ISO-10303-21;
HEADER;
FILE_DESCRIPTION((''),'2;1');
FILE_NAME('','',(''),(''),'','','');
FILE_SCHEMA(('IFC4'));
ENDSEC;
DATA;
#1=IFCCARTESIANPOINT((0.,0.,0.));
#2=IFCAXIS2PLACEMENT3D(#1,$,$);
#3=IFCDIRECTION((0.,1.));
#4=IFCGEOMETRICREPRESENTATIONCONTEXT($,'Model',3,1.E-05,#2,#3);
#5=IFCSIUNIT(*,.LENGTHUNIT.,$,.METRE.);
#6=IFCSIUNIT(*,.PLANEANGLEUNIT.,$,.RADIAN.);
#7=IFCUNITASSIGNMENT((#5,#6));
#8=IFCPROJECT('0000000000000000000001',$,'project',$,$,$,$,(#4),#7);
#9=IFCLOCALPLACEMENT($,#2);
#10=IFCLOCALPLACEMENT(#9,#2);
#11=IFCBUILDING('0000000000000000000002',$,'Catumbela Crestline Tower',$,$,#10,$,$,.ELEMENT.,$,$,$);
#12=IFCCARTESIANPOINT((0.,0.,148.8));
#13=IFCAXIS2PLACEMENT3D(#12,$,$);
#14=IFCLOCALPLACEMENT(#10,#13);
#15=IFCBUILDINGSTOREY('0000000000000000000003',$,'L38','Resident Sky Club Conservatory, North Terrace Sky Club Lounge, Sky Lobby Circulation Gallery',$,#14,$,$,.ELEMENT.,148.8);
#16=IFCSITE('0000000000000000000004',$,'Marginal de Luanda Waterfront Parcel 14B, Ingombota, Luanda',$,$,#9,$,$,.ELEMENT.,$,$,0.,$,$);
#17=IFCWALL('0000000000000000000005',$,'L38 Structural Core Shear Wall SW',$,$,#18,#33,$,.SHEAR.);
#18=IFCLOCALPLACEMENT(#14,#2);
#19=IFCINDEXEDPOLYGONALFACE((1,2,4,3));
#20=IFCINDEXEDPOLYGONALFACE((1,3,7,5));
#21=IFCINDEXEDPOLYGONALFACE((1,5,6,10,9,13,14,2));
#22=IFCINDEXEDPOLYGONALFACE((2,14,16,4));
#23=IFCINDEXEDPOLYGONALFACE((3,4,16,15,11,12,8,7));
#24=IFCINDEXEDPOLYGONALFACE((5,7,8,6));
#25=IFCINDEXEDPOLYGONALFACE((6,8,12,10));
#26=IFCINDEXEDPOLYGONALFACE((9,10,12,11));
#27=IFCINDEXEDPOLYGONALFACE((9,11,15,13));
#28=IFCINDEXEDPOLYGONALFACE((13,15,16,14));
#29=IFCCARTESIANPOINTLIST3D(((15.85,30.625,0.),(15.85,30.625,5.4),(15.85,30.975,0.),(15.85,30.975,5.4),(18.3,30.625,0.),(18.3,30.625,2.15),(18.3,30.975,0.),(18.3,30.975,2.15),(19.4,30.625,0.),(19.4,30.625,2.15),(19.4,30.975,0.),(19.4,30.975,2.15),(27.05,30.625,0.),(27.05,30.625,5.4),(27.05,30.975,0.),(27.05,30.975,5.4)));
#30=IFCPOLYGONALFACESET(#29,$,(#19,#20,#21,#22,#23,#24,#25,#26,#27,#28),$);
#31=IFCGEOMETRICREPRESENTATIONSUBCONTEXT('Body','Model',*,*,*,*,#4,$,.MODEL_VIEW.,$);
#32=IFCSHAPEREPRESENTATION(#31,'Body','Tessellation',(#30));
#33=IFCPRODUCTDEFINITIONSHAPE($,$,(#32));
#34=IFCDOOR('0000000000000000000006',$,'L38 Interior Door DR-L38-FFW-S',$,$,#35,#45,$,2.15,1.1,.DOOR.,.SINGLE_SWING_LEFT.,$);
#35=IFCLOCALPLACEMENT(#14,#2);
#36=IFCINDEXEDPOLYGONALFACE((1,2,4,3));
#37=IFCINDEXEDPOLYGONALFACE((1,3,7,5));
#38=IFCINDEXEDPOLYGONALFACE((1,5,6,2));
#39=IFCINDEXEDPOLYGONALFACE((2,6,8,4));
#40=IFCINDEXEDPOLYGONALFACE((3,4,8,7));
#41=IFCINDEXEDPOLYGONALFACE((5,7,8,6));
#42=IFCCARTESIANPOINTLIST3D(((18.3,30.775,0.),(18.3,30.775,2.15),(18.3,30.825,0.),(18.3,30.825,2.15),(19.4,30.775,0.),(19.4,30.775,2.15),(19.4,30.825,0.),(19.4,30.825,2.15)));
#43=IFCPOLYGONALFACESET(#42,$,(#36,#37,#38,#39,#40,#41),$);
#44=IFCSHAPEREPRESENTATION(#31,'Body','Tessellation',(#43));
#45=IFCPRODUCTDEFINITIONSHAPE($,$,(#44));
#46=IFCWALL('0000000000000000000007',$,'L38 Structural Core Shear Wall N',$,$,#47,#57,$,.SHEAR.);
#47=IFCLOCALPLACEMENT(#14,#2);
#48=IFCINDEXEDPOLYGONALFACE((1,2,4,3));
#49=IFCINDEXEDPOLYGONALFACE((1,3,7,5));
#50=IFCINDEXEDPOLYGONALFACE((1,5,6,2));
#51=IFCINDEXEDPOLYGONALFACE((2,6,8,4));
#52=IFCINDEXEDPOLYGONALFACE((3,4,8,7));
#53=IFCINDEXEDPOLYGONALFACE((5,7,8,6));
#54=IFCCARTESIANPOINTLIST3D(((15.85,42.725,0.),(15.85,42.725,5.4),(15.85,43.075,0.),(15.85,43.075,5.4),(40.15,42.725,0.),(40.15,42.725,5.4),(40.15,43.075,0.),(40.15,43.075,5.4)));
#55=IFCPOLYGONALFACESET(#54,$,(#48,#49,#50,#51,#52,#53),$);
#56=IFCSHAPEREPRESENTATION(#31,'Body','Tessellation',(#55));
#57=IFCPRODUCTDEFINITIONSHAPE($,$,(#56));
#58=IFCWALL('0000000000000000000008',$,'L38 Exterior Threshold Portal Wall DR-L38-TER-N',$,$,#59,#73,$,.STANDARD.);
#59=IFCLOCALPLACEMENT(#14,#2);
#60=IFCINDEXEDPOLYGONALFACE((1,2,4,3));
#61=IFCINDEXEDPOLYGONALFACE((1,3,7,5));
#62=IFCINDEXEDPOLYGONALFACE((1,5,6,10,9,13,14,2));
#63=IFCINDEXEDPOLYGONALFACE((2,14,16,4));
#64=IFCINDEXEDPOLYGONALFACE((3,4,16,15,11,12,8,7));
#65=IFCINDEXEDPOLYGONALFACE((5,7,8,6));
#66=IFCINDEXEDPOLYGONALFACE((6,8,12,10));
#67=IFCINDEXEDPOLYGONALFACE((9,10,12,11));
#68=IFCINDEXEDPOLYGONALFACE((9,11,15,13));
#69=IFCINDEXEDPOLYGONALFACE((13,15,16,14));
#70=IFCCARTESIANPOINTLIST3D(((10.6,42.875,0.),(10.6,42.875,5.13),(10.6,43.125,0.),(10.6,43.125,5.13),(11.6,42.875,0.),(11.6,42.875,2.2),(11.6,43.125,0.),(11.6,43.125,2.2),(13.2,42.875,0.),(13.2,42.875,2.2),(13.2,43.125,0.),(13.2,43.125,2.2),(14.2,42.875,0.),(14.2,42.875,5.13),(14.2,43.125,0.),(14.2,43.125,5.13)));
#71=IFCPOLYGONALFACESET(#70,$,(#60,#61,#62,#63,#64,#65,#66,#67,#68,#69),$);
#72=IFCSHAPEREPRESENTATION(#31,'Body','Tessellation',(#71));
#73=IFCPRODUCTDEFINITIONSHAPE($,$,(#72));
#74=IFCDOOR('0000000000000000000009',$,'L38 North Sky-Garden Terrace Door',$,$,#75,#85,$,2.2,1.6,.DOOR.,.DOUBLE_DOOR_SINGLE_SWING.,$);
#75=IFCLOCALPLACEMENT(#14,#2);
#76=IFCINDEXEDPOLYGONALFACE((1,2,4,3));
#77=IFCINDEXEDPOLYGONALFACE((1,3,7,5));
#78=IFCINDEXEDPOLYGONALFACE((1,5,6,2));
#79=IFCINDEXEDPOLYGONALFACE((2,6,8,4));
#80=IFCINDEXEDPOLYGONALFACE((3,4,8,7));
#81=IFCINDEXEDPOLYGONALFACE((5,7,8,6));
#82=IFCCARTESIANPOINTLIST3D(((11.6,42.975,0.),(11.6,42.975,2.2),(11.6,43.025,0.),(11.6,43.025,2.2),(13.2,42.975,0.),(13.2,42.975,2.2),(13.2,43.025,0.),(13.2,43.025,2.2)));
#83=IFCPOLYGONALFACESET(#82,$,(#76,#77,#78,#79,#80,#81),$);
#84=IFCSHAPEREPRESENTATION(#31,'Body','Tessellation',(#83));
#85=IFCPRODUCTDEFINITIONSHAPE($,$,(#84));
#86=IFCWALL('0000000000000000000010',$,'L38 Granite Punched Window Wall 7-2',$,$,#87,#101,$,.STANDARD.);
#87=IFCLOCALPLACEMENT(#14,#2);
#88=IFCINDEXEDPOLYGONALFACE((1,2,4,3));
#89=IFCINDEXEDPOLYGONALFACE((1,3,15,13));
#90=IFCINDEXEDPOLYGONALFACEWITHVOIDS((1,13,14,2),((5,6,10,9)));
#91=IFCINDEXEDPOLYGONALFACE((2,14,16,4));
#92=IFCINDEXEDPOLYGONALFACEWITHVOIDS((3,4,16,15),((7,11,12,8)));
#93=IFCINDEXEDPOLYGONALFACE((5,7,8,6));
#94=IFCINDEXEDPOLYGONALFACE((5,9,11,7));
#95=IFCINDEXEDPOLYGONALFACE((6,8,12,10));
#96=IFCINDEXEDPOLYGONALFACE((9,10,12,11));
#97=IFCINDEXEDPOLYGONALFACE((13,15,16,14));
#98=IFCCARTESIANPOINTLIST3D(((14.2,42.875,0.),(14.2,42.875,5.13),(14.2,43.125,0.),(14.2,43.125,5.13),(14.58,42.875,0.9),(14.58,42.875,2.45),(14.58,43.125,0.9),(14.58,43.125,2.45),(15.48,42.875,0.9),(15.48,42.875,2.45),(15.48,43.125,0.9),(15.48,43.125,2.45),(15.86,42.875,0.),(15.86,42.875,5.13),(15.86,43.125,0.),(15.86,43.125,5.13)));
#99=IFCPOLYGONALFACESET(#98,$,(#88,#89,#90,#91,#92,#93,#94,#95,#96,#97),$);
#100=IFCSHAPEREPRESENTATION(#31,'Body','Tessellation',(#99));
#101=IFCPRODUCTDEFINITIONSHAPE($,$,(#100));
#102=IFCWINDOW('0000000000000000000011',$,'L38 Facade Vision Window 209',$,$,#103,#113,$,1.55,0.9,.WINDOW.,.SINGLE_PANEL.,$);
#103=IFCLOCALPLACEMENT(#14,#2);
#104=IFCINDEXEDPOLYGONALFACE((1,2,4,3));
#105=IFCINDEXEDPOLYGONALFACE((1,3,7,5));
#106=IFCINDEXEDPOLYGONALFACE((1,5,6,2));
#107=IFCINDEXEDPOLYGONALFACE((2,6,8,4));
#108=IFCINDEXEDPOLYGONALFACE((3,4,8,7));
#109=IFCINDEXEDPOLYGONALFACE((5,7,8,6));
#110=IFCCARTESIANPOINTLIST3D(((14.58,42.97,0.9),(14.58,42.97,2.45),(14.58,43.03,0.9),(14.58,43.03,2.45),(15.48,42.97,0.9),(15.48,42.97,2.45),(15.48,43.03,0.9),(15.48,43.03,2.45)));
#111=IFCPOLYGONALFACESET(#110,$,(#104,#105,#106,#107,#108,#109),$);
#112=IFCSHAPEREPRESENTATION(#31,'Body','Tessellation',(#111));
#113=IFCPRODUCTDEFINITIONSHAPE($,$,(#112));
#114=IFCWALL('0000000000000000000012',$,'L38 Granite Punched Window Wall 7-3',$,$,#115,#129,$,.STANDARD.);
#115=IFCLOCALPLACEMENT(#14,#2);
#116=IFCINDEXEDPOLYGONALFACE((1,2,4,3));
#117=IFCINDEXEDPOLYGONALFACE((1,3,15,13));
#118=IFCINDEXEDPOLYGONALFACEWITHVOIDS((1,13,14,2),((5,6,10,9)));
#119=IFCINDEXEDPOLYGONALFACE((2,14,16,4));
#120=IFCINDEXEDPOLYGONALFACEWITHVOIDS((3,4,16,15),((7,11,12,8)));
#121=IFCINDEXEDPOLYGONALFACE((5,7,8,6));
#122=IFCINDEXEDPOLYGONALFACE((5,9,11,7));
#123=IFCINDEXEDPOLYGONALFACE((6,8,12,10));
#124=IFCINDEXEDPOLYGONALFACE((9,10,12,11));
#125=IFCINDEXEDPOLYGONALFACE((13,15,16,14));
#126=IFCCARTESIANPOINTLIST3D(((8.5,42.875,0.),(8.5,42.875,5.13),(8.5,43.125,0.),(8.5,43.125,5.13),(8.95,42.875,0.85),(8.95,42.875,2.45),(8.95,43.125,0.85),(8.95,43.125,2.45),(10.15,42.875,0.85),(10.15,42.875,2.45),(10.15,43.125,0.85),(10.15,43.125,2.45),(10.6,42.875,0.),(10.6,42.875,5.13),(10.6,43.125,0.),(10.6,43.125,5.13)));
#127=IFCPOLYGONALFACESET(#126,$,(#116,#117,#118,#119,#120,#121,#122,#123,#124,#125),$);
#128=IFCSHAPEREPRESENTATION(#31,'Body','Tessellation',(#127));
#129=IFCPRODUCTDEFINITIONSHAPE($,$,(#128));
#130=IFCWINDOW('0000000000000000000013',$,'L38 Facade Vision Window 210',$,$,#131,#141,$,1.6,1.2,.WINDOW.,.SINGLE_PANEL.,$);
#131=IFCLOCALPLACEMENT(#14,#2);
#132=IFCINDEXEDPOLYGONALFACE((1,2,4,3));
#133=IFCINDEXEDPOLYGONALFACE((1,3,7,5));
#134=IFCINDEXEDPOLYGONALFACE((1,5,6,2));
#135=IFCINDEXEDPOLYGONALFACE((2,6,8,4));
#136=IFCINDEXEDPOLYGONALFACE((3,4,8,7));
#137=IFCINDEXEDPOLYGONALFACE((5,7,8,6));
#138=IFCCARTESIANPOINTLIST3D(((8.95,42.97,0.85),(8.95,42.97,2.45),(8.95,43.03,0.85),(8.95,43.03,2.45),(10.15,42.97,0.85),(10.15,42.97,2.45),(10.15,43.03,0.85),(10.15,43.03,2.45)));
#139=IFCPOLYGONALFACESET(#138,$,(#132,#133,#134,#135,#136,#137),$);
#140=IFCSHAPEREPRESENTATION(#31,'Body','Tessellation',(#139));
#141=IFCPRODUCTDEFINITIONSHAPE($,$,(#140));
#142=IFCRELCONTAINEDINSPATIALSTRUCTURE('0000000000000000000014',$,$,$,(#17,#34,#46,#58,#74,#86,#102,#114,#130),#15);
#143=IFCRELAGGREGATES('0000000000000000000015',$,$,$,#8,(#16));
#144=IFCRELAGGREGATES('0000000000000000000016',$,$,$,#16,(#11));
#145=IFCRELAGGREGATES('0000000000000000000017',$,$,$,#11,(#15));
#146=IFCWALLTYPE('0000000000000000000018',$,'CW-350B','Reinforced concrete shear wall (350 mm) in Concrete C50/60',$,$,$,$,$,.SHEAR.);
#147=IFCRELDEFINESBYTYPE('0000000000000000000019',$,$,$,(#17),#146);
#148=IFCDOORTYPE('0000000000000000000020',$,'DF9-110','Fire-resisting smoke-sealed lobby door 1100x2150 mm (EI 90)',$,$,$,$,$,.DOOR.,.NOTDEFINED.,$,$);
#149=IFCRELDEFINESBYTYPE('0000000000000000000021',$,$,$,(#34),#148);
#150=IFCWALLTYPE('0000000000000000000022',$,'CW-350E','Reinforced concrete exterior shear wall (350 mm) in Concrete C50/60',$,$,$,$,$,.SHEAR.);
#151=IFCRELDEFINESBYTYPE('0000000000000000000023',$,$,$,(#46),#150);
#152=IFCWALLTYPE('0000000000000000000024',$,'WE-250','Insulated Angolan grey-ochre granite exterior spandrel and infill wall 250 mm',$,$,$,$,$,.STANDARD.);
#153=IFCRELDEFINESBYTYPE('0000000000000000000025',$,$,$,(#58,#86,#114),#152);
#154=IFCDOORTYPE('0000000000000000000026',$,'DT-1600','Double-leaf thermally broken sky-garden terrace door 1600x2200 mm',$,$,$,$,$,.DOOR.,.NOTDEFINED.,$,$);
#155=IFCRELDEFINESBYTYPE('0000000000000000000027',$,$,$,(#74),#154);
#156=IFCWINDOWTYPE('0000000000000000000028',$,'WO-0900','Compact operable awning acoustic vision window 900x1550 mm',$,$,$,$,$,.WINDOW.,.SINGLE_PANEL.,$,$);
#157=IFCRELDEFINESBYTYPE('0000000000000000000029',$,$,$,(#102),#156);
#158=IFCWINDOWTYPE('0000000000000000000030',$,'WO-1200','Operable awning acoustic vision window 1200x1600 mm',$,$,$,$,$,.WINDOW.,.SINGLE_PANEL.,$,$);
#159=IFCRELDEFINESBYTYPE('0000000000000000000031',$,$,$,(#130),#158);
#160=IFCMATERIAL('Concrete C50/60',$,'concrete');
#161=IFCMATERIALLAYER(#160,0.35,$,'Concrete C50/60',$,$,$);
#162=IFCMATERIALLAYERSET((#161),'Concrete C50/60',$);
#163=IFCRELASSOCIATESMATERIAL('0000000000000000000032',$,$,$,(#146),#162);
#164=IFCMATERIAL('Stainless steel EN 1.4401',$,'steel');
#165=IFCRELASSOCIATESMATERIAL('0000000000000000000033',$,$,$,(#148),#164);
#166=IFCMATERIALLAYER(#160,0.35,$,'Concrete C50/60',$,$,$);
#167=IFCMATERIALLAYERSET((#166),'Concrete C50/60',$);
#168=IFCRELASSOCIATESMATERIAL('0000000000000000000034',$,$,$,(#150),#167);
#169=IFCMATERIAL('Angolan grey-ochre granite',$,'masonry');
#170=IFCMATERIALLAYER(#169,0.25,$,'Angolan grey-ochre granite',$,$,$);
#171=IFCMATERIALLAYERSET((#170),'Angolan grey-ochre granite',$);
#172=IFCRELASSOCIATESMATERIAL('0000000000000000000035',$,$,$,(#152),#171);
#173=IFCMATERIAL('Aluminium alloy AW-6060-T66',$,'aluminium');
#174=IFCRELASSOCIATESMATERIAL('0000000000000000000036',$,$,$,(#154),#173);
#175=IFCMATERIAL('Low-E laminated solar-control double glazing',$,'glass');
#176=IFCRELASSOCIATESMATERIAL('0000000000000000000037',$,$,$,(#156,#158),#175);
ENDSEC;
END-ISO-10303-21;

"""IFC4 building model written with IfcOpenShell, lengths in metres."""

from ifc_helpers import new_model, si_unit, direction, frame, frame_2d, origin, place, context, subcontext, project, spatial, rectangle, extrude, material, layer, layer_set, type_object, element, fill, save


model = new_model("IFC4")

# Units and contexts
model_context = context("Model", 3, precision=1e-05, world=origin(), true_north=direction((0.0, 1.0)))
body_context = subcontext(model_context, "Body", "Model", "MODEL_VIEW")
ifc_project = project(units=[si_unit("LENGTHUNIT", "METRE"), si_unit("PLANEANGLEUNIT", "RADIAN")], contexts=[model_context])

# Site, building, storey
site_placement = place(None, origin())
site = spatial("IfcSite", under=ifc_project, at=site_placement, Name="Marginal de Luanda Waterfront Parcel 14B, Ingombota, Luanda", CompositionType="ELEMENT", RefElevation=0.0)
building_placement = place(site_placement, origin())
building = spatial("IfcBuilding", under=site, at=building_placement, Name="Catumbela Crestline Tower", CompositionType="ELEMENT")
storey_placement = place(building_placement, frame((0.0, 0.0, 148.8)))
storey = spatial("IfcBuildingStorey", under=building, at=storey_placement, Name="L38", Description="Resident Sky Club Conservatory, North Terrace Sky Club Lounge, Sky Lobby Circulation Gallery", CompositionType="ELEMENT", Elevation=148.8)

# Shared definitions
ifc_material_1 = material(Name="Concrete C50/60", Category="concrete")

# Shared definitions
ifc_material_2 = material(Name="Stainless steel EN 1.4401", Category="steel")

# Wall, opening, door
ifc_layer_1 = layer(ifc_material_1, 0.35, Name="Concrete C50/60")
ifc_layer_set_1 = layer_set([ifc_layer_1], Name="Concrete C50/60")
wall_type_1 = type_object("IfcWallType", Name="CW-350B", Description="Reinforced concrete shear wall (350 mm) in Concrete C50/60", PredefinedType="SHEAR", material=ifc_layer_set_1)
wall_1_placement = place(storey_placement, frame((15.85, 30.8, 0.0), z_axis=(0.0, 0.0, 1.0), x_axis=(1.0, 0.0, 0.0)))
wall_1 = element("IfcWall", 1, at=wall_1_placement, inside=storey, type_object=wall_type_1, Name="L38 Structural Core Shear Wall SW", PredefinedType="SHEAR", context=body_context, shape_type="SweptSolid", body=[
    extrude(rectangle(XDim=11.2, YDim=0.35, at=frame_2d((5.6, 0.0))), origin(), (0.0, 0.0, 1.0), 5.4),
])
opening_1_placement = place(wall_1_placement, frame((2.45, 0.0, 0.0)))
opening_1 = element("IfcOpeningElement", 2, at=opening_1_placement, cuts=wall_1, PredefinedType="OPENING", context=body_context, shape_type="SweptSolid", body=[
    extrude(rectangle(XDim=1.1, YDim=2.15, at=frame_2d((0.55, 1.075))), frame((0.0, 0.185, 0.0), z_axis=(0.0, -1.0, 0.0), x_axis=(1.0, 0.0, 0.0)), (0.0, 0.0, 1.0), 0.37),
])
door_type_1 = type_object("IfcDoorType", Name="DF9-110", Description="Fire-resisting smoke-sealed lobby door 1100x2150 mm (EI 90)", OperationType="NOTDEFINED", PredefinedType="DOOR", material=ifc_material_2)
door_1_placement = place(opening_1_placement, origin())
door_1 = element("IfcDoor", 3, at=door_1_placement, inside=storey, type_object=door_type_1, Name="L38 Interior Door DR-L38-FFW-S", OperationType="SINGLE_SWING_LEFT", OverallHeight=2.15, OverallWidth=1.1, PredefinedType="DOOR", context=body_context, shape_type="SweptSolid", body=[
    extrude(rectangle(XDim=1.1, YDim=2.15, at=frame_2d((0.55, 1.075))), frame((0.0, 0.025, 0.0), z_axis=(0.0, -1.0, 0.0), x_axis=(1.0, 0.0, 0.0)), (0.0, 0.0, 1.0), 0.05),
])
fill(opening_1, door_1)

# Wall
ifc_layer_2 = layer(ifc_material_1, 0.35, Name="Concrete C50/60")
ifc_layer_set_2 = layer_set([ifc_layer_2], Name="Concrete C50/60")
wall_type_2 = type_object("IfcWallType", Name="CW-350E", Description="Reinforced concrete exterior shear wall (350 mm) in Concrete C50/60", PredefinedType="SHEAR", material=ifc_layer_set_2)
wall_2_placement = place(storey_placement, frame((15.85, 42.9, 0.0), z_axis=(0.0, 0.0, 1.0), x_axis=(1.0, 0.0, 0.0)))
element("IfcWall", 4, at=wall_2_placement, inside=storey, type_object=wall_type_2, Name="L38 Structural Core Shear Wall N", PredefinedType="SHEAR", context=body_context, shape_type="SweptSolid", body=[
    extrude(rectangle(XDim=24.3, YDim=0.35, at=frame_2d((12.15, 0.0))), origin(), (0.0, 0.0, 1.0), 5.4),
])

# Wall, opening, door
ifc_material_3 = material(Name="Angolan grey-ochre granite", Category="masonry")
ifc_layer_3 = layer(ifc_material_3, 0.25, Name="Angolan grey-ochre granite")
ifc_layer_set_3 = layer_set([ifc_layer_3], Name="Angolan grey-ochre granite")
wall_type_3 = type_object("IfcWallType", Name="WE-250", Description="Insulated Angolan grey-ochre granite exterior spandrel and infill wall 250 mm", PredefinedType="STANDARD", material=ifc_layer_set_3)
wall_3_placement = place(storey_placement, frame((14.2, 43.0, 0.0), z_axis=(0.0, 0.0, 1.0), x_axis=(-1.0, 0.0, 0.0)))
wall_3 = element("IfcWall", 5, at=wall_3_placement, inside=storey, type_object=wall_type_3, Name="L38 Exterior Threshold Portal Wall DR-L38-TER-N", PredefinedType="STANDARD", context=body_context, shape_type="SweptSolid", body=[
    extrude(rectangle(XDim=3.6, YDim=0.25, at=frame_2d((1.8, 0.0))), origin(), (0.0, 0.0, 1.0), 5.13),
])
opening_2_placement = place(wall_3_placement, frame((1.0, 0.0, 0.0)))
opening_2 = element("IfcOpeningElement", 6, at=opening_2_placement, cuts=wall_3, PredefinedType="OPENING", context=body_context, shape_type="SweptSolid", body=[
    extrude(rectangle(XDim=1.6, YDim=2.2, at=frame_2d((0.8, 1.1))), frame((0.0, 0.135, 0.0), z_axis=(0.0, -1.0, 0.0), x_axis=(1.0, 0.0, 0.0)), (0.0, 0.0, 1.0), 0.27),
])
ifc_material_4 = material(Name="Aluminium alloy AW-6060-T66", Category="aluminium")
door_type_2 = type_object("IfcDoorType", Name="DT-1600", Description="Double-leaf thermally broken sky-garden terrace door 1600x2200 mm", OperationType="NOTDEFINED", PredefinedType="DOOR", material=ifc_material_4)
door_2_placement = place(opening_2_placement, origin())
door_2 = element("IfcDoor", 7, at=door_2_placement, inside=storey, type_object=door_type_2, Name="L38 North Sky-Garden Terrace Door", OperationType="DOUBLE_DOOR_SINGLE_SWING", OverallHeight=2.2, OverallWidth=1.6, PredefinedType="DOOR", context=body_context, shape_type="SweptSolid", body=[
    extrude(rectangle(XDim=1.6, YDim=2.2, at=frame_2d((0.8, 1.1))), frame((0.0, 0.025, 0.0), z_axis=(0.0, -1.0, 0.0), x_axis=(1.0, 0.0, 0.0)), (0.0, 0.0, 1.0), 0.05),
])
fill(opening_2, door_2)

# Walls, openings, windows
wall_4_placement = place(storey_placement, frame((15.86, 43.0, 0.0), z_axis=(0.0, 0.0, 1.0), x_axis=(-1.0, 0.0, 0.0)))
wall_4 = element("IfcWall", 8, at=wall_4_placement, inside=storey, type_object=wall_type_3, Name="L38 Granite Punched Window Wall 7-2", PredefinedType="STANDARD", context=body_context, shape_type="SweptSolid", body=[
    extrude(rectangle(XDim=1.66, YDim=0.25, at=frame_2d((0.83, 0.0))), origin(), (0.0, 0.0, 1.0), 5.13),
])
opening_3_placement = place(wall_4_placement, frame((0.38, 0.0, 0.9)))
opening_3 = element("IfcOpeningElement", 9, at=opening_3_placement, cuts=wall_4, PredefinedType="OPENING", context=body_context, shape_type="SweptSolid", body=[
    extrude(rectangle(XDim=0.9, YDim=1.55, at=frame_2d((0.45, 0.775))), frame((0.0, 0.135, 0.0), z_axis=(0.0, -1.0, 0.0), x_axis=(1.0, 0.0, 0.0)), (0.0, 0.0, 1.0), 0.27),
])
ifc_material_5 = material(Name="Low-E laminated solar-control double glazing", Category="glass")
window_type_1 = type_object("IfcWindowType", Name="WO-0900", Description="Compact operable awning acoustic vision window 900x1550 mm", PartitioningType="SINGLE_PANEL", PredefinedType="WINDOW", material=ifc_material_5)
window_1_placement = place(opening_3_placement, origin())
window_1 = element("IfcWindow", 10, at=window_1_placement, inside=storey, type_object=window_type_1, Name="L38 Facade Vision Window 209", OverallHeight=1.55, OverallWidth=0.9, PartitioningType="SINGLE_PANEL", PredefinedType="WINDOW", context=body_context, shape_type="SweptSolid", body=[
    extrude(rectangle(XDim=0.9, YDim=1.55, at=frame_2d((0.45, 0.775))), frame((0.0, 0.03, 0.0), z_axis=(0.0, -1.0, 0.0), x_axis=(1.0, 0.0, 0.0)), (0.0, 0.0, 1.0), 0.06),
])
fill(opening_3, window_1)
wall_5_placement = place(storey_placement, frame((10.6, 43.0, 0.0), z_axis=(0.0, 0.0, 1.0), x_axis=(-1.0, 0.0, 0.0)))
wall_5 = element("IfcWall", 11, at=wall_5_placement, inside=storey, type_object=wall_type_3, Name="L38 Granite Punched Window Wall 7-3", PredefinedType="STANDARD", context=body_context, shape_type="SweptSolid", body=[
    extrude(rectangle(XDim=2.1, YDim=0.25, at=frame_2d((1.05, 0.0))), origin(), (0.0, 0.0, 1.0), 5.13),
])
opening_4_placement = place(wall_5_placement, frame((0.45, 0.0, 0.85)))
opening_4 = element("IfcOpeningElement", 12, at=opening_4_placement, cuts=wall_5, PredefinedType="OPENING", context=body_context, shape_type="SweptSolid", body=[
    extrude(rectangle(XDim=1.2, YDim=1.6, at=frame_2d((0.6, 0.8))), frame((0.0, 0.135, 0.0), z_axis=(0.0, -1.0, 0.0), x_axis=(1.0, 0.0, 0.0)), (0.0, 0.0, 1.0), 0.27),
])
window_type_2 = type_object("IfcWindowType", Name="WO-1200", Description="Operable awning acoustic vision window 1200x1600 mm", PartitioningType="SINGLE_PANEL", PredefinedType="WINDOW", material=ifc_material_5)
window_2_placement = place(opening_4_placement, origin())
window_2 = element("IfcWindow", 13, at=window_2_placement, inside=storey, type_object=window_type_2, Name="L38 Facade Vision Window 210", OverallHeight=1.6, OverallWidth=1.2, PartitioningType="SINGLE_PANEL", PredefinedType="WINDOW", context=body_context, shape_type="SweptSolid", body=[
    extrude(rectangle(XDim=1.2, YDim=1.6, at=frame_2d((0.6, 0.8))), frame((0.0, 0.03, 0.0), z_axis=(0.0, -1.0, 0.0), x_axis=(1.0, 0.0, 0.0)), (0.0, 0.0, 1.0), 0.06),
])
fill(opening_4, window_2)

save(model, "model.ifc")
